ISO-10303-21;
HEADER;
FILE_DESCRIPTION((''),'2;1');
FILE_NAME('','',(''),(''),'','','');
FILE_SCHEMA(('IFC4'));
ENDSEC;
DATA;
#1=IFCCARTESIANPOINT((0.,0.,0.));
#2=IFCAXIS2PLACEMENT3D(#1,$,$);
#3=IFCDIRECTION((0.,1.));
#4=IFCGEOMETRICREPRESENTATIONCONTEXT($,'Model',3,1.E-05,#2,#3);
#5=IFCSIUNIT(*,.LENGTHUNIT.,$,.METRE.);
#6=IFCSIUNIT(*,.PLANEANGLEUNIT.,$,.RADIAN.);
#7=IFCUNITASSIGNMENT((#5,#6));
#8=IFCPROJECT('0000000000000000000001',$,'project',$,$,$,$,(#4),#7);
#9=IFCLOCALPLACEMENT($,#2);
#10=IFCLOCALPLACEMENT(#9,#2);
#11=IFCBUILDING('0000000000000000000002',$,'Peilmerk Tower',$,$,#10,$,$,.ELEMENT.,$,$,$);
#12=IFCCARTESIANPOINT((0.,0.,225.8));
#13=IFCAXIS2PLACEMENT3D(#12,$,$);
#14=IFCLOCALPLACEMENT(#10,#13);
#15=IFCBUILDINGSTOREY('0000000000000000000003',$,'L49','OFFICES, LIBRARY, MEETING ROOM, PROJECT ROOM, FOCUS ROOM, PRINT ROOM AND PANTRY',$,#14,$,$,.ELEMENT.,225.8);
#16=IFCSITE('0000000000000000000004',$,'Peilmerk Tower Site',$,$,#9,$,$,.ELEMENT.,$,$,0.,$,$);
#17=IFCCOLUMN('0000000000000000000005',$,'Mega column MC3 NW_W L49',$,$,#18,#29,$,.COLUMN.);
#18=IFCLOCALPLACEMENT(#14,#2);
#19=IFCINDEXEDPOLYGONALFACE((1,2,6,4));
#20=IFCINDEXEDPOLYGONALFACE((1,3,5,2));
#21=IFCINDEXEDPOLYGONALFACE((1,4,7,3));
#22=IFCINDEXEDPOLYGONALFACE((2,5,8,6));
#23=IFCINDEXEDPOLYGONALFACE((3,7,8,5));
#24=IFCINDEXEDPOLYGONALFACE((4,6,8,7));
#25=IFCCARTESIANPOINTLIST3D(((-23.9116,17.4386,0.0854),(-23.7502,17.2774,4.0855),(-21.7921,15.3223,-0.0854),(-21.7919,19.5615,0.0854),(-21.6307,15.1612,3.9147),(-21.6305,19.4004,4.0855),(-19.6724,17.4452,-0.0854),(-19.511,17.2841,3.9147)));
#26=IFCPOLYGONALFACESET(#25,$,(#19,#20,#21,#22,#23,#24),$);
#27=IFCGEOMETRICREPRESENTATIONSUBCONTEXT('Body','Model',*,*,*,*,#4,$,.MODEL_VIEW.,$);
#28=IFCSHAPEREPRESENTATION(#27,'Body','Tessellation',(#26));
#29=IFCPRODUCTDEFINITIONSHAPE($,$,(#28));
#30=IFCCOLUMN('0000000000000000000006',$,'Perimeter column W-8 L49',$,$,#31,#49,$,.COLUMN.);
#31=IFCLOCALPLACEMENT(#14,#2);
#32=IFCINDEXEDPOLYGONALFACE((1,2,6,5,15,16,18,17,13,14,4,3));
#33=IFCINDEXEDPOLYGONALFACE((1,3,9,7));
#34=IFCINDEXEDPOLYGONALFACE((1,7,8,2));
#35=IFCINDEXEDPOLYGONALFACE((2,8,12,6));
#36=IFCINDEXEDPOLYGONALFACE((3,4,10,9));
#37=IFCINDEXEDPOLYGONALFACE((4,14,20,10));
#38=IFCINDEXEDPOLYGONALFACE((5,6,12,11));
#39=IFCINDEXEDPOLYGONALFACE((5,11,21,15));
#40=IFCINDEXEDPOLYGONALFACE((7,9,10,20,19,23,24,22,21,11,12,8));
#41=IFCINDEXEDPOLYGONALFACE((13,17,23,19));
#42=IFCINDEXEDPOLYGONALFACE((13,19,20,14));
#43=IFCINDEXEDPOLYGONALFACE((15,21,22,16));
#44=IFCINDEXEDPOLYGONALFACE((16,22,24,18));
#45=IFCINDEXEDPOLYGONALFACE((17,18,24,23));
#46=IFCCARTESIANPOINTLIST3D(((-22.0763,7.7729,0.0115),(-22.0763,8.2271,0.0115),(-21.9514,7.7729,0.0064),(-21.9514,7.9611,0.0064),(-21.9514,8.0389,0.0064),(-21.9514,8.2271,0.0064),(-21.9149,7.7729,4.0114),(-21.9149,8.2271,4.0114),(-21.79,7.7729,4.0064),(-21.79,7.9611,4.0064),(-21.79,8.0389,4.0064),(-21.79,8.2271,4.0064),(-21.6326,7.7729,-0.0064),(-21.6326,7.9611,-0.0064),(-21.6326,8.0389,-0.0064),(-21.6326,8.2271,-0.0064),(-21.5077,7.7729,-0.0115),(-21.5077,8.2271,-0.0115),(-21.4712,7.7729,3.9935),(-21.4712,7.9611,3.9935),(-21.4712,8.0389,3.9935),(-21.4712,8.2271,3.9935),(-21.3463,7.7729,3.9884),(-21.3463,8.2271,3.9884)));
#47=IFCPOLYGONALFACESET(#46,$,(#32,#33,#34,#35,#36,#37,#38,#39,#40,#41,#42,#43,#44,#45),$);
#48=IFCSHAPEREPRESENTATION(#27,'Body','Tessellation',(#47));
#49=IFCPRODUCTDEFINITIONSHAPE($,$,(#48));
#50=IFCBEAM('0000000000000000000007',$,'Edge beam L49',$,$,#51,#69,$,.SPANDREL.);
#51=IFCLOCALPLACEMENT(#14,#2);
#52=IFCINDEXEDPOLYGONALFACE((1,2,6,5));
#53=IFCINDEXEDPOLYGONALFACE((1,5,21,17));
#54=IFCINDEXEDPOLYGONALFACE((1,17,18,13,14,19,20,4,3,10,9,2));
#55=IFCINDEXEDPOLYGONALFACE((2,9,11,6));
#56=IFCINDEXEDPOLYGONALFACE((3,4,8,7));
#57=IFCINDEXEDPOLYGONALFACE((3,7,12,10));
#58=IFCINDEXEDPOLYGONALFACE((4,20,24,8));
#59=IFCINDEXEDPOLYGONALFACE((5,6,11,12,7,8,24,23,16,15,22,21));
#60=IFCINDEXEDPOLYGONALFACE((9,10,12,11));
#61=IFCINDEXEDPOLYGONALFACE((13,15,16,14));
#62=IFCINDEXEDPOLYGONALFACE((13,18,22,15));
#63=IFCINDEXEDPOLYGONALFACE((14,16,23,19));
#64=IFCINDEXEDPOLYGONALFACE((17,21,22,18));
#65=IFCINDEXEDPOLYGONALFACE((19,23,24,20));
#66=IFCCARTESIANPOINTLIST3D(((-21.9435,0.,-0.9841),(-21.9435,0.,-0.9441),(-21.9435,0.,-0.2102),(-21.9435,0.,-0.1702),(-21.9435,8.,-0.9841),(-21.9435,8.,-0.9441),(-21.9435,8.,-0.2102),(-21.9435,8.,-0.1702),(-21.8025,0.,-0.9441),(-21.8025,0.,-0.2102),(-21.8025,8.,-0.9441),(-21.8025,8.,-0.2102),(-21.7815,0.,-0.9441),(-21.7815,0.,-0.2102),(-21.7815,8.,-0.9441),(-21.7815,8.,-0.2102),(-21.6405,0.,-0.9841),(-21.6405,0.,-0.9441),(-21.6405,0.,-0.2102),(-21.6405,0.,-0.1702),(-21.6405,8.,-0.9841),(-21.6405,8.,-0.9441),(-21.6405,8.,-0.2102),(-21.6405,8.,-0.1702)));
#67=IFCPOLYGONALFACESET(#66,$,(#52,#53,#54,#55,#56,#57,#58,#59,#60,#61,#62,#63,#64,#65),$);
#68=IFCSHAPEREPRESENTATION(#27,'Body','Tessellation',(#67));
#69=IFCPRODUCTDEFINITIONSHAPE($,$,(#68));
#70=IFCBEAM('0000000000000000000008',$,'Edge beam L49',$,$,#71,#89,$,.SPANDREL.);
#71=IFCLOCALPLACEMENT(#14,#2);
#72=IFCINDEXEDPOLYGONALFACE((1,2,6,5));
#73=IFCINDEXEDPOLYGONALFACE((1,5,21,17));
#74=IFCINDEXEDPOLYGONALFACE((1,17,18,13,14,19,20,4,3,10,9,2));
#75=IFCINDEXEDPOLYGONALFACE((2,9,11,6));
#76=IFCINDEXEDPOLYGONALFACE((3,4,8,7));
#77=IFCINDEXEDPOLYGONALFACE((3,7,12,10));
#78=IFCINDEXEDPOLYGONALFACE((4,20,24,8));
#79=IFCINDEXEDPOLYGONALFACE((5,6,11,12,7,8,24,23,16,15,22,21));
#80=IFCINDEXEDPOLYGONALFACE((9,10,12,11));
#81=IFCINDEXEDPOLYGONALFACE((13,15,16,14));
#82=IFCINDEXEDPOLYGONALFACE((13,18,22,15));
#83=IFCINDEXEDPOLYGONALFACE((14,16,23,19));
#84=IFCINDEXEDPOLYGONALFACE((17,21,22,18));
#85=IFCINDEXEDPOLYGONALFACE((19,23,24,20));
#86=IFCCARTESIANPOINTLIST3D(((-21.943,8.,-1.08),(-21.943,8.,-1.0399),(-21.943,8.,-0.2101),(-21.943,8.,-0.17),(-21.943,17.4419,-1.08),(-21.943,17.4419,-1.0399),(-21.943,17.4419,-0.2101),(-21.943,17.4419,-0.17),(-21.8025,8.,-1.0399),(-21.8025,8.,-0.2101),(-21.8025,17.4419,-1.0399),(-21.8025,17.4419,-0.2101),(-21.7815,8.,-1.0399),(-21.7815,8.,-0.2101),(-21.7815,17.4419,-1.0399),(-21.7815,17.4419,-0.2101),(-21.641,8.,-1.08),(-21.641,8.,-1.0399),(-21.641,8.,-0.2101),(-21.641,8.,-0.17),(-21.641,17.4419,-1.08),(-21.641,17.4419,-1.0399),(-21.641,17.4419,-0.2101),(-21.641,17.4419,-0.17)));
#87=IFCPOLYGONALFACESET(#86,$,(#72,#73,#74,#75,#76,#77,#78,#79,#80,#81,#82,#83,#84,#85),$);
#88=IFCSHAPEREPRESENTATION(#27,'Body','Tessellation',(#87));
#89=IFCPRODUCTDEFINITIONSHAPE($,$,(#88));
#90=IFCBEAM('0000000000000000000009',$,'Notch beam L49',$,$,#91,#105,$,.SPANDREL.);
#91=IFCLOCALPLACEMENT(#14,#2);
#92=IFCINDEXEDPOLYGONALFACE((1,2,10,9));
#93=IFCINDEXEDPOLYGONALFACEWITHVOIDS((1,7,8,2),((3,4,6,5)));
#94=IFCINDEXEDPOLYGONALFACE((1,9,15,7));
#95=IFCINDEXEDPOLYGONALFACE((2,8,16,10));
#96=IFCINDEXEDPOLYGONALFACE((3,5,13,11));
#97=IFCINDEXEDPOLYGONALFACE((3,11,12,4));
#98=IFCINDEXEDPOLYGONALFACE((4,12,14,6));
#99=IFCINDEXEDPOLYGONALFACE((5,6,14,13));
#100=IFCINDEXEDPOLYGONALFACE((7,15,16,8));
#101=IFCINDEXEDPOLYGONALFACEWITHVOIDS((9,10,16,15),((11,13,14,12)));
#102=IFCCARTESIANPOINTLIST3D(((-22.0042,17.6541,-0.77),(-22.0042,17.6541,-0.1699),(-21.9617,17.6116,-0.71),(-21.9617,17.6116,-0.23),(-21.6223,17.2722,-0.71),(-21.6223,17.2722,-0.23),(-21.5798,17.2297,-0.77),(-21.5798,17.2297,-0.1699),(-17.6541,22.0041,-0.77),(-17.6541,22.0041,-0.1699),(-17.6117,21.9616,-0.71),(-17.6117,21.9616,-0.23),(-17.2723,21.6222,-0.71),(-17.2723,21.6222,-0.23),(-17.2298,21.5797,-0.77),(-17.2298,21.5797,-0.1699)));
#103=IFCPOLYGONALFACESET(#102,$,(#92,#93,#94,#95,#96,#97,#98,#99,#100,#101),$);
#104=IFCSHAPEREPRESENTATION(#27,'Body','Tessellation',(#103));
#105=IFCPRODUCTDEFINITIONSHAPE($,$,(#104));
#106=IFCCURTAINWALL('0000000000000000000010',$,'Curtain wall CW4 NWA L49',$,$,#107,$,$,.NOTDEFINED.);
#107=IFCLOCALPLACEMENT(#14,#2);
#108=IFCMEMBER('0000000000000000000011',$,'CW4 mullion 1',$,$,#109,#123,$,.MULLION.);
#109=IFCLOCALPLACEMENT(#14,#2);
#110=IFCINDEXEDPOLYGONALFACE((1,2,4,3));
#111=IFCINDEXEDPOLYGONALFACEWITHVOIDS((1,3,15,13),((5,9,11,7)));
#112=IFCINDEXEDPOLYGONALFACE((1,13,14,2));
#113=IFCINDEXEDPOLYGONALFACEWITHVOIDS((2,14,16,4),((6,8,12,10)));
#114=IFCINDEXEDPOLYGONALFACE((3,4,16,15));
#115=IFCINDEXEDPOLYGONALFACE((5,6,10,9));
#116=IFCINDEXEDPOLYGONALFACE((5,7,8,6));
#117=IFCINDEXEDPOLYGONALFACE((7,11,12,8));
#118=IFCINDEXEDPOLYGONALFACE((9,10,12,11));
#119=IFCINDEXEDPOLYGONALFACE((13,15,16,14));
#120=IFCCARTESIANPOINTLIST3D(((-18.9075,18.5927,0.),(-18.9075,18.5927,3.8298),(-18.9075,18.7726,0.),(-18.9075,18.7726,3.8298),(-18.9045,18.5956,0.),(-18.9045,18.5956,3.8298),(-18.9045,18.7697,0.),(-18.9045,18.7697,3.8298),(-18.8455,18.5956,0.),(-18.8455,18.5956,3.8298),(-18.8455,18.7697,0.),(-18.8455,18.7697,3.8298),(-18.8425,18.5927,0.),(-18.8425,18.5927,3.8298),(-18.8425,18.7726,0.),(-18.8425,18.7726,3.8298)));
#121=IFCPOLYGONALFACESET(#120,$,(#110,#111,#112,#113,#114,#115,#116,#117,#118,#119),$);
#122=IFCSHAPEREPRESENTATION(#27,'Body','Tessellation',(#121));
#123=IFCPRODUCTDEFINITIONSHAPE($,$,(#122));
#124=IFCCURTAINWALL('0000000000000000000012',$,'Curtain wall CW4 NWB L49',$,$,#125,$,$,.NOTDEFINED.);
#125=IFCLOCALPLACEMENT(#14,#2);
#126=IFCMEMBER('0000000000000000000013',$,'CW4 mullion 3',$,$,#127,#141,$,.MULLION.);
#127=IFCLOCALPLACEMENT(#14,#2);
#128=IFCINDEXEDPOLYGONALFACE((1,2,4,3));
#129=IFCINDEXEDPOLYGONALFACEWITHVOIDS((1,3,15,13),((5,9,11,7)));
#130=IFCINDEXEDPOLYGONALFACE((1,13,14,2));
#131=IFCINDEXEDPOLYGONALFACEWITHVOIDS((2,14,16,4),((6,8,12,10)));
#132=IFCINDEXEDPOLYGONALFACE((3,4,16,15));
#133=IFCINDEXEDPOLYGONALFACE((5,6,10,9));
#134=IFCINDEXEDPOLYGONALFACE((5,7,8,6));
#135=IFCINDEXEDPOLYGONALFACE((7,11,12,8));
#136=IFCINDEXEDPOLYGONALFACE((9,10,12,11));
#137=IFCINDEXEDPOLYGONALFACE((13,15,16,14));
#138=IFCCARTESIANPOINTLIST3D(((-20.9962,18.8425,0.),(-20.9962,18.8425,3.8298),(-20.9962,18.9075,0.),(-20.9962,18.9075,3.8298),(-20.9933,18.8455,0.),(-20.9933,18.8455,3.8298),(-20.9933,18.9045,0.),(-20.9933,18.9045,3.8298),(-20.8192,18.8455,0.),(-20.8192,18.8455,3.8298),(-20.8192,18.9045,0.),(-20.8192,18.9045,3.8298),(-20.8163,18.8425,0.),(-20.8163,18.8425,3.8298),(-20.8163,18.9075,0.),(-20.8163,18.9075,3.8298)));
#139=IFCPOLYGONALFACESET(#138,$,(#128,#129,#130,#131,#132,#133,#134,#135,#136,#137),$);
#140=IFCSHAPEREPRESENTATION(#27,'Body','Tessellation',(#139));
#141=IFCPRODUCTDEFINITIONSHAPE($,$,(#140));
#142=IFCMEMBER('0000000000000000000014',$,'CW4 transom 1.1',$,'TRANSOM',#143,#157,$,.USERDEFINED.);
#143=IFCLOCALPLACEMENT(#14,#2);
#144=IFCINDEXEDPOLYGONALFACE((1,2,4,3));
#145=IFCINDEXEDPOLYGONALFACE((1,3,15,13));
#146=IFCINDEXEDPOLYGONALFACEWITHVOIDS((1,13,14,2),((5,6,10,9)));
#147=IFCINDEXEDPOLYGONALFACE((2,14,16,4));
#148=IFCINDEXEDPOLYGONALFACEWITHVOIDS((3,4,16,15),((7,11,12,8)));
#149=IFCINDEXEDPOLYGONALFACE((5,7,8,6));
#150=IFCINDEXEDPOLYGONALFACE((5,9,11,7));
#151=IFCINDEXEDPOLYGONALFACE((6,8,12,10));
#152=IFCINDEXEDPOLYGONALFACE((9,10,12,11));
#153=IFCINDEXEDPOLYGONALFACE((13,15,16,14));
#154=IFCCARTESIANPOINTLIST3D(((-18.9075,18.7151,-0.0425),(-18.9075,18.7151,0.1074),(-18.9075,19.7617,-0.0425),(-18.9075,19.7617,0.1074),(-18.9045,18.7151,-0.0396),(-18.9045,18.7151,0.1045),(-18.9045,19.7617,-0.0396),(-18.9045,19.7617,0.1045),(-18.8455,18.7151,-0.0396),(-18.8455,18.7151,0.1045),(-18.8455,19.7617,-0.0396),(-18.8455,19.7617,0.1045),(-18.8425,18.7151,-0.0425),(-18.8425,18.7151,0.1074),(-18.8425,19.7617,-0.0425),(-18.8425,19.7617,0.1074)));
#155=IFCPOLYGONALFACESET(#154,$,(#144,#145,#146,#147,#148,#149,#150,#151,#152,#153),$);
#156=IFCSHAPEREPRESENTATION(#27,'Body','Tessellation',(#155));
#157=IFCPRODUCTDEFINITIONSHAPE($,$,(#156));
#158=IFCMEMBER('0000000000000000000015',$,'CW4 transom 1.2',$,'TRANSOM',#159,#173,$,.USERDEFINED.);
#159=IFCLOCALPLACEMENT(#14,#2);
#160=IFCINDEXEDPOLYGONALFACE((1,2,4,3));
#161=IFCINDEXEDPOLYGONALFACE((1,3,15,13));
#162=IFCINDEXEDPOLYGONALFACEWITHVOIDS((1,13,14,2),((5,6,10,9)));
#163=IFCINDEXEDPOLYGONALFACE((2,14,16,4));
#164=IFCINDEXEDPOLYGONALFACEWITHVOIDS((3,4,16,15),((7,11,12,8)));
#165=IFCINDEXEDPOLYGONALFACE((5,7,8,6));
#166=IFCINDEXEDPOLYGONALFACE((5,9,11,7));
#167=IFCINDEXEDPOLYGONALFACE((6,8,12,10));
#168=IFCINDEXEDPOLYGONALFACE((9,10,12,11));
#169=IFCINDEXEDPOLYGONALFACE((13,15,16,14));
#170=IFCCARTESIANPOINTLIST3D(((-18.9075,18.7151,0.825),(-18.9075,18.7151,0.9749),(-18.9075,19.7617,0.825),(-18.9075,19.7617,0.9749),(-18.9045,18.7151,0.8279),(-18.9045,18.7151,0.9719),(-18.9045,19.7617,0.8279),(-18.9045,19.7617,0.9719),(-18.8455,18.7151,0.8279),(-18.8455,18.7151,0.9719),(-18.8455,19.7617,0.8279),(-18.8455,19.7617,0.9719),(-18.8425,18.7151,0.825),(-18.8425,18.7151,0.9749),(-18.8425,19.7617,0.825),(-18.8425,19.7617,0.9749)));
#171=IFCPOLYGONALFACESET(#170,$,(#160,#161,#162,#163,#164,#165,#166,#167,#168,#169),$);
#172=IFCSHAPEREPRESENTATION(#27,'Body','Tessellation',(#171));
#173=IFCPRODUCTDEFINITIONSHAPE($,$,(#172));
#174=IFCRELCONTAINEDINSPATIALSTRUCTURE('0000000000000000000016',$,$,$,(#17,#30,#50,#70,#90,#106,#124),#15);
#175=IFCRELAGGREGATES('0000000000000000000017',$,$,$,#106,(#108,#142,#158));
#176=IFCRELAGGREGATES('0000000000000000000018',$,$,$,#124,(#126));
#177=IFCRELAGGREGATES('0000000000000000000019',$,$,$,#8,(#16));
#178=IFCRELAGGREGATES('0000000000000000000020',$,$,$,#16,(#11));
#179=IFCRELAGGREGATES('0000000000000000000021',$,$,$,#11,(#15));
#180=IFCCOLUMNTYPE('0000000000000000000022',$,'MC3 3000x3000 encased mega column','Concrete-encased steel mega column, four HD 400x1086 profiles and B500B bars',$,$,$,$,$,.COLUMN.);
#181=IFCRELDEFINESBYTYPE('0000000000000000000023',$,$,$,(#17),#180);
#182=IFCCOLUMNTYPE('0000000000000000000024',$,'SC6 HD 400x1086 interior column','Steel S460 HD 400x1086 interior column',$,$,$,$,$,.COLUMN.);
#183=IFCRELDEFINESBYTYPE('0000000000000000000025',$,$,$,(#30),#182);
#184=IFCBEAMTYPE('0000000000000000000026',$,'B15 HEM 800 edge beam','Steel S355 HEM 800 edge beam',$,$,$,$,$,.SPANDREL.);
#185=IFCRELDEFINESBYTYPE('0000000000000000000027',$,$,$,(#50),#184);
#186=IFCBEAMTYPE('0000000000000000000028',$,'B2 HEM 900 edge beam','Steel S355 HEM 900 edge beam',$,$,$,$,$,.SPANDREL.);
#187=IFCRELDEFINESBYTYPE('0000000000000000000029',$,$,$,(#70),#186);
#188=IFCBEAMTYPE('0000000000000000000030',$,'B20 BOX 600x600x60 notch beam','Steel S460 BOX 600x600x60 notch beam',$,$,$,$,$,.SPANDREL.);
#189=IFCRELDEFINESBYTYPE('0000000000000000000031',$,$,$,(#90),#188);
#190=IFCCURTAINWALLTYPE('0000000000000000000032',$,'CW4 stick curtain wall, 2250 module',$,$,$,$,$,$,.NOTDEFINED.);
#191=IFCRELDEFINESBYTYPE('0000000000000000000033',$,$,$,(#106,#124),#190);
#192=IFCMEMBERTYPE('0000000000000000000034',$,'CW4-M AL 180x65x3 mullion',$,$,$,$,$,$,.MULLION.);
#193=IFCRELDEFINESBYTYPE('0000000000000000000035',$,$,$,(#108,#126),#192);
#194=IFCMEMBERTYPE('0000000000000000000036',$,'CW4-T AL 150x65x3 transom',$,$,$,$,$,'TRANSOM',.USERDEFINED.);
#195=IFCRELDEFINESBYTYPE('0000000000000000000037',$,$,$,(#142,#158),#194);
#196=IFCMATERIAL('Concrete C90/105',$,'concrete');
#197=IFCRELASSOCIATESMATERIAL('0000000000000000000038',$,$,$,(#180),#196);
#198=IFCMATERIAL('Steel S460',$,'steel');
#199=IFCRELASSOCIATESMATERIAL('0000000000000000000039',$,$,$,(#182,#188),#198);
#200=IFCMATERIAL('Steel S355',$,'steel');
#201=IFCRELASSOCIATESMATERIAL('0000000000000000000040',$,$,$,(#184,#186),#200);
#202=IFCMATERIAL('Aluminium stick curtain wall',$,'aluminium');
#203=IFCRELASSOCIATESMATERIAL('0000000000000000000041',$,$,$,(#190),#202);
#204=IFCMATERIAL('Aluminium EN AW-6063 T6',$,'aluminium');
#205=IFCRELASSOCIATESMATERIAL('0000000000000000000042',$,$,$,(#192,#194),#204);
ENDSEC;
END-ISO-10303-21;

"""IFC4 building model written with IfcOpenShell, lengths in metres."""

from ifc_helpers import new_model, si_unit, direction, frame, origin, origin_2d, place, context, subcontext, project, spatial, rectangle, hollow_rectangle, i_section, extrude, material, material_profile, profile_set, type_object, element, aggregate, save


model = new_model("IFC4")

# Units and contexts
model_context = context("Model", 3, precision=1e-05, world=origin(), true_north=direction((0.0, 1.0)))
body_context = subcontext(model_context, "Body", "Model", "MODEL_VIEW")
ifc_project = project(units=[si_unit("LENGTHUNIT", "METRE"), si_unit("PLANEANGLEUNIT", "RADIAN")], contexts=[model_context])

# Site, building, storey
site_placement = place(None, origin())
site = spatial("IfcSite", under=ifc_project, at=site_placement, Name="Peilmerk Tower Site", CompositionType="ELEMENT", RefElevation=0.0)
building_placement = place(site_placement, origin())
building = spatial("IfcBuilding", under=site, at=building_placement, Name="Peilmerk Tower", CompositionType="ELEMENT")
storey_placement = place(building_placement, frame((0.0, 0.0, 225.8)))
storey = spatial("IfcBuildingStorey", under=building, at=storey_placement, Name="L49", Description="OFFICES, LIBRARY, MEETING ROOM, PROJECT ROOM, FOCUS ROOM, PRINT ROOM AND PANTRY", CompositionType="ELEMENT", Elevation=225.8)

# Columns
ifc_material_1 = material(Name="Concrete C90/105", Category="concrete")
ifc_material_profile_1 = material_profile(ifc_material_1, rectangle(XDim=3.0, YDim=3.0, at=origin_2d()), Name="RC 3000x3000")
ifc_profile_set_1 = profile_set([ifc_material_profile_1], Name="Concrete C90/105")
column_type_1 = type_object("IfcColumnType", Name="MC3 3000x3000 encased mega column", Description="Concrete-encased steel mega column, four HD 400x1086 profiles and B500B bars", PredefinedType="COLUMN", material=ifc_profile_set_1)
column_1_placement = place(storey_placement, frame((-21.792, 17.4419, 0.0), z_axis=(0.040279, -0.040218, 0.998379), x_axis=(0.706571, 0.707642, 0.0)))
element("IfcColumn", 1, at=column_1_placement, inside=storey, type_object=column_type_1, Name="Mega column MC3 NW_W L49", PredefinedType="COLUMN", context=body_context, shape_type="SweptSolid", body=[
    extrude(rectangle(XDim=3.0, YDim=3.0, at=origin_2d()), origin(), (0.0, 0.0, 1.0), 4.0066),
])
ifc_material_2 = material(Name="Steel S460", Category="steel")
ifc_material_profile_2 = material_profile(ifc_material_2, i_section(OverallWidth=0.4541, OverallDepth=0.5691, WebThickness=0.0779, FlangeThickness=0.125, at=origin_2d()), Name="HD 400x1086")
ifc_profile_set_2 = profile_set([ifc_material_profile_2], Name="Steel S460")
column_type_2 = type_object("IfcColumnType", Name="SC6 HD 400x1086 interior column", Description="Steel S460 HD 400x1086 interior column", PredefinedType="COLUMN", material=ifc_profile_set_2)
column_2_placement = place(storey_placement, frame((-21.792, 8.0, 0.0), z_axis=(0.040311, 0.0, 0.999187), x_axis=(0.0, 1.0, 0.0)))
element("IfcColumn", 2, at=column_2_placement, inside=storey, type_object=column_type_2, Name="Perimeter column W-8 L49", PredefinedType="COLUMN", context=body_context, shape_type="SweptSolid", body=[
    extrude(i_section(OverallWidth=0.4541, OverallDepth=0.5691, WebThickness=0.0779, FlangeThickness=0.125, at=origin_2d()), origin(), (0.0, 0.0, 1.0), 4.0032),
])

# Beams
ifc_material_3 = material(Name="Steel S355", Category="steel")
ifc_material_profile_3 = material_profile(ifc_material_3, i_section(OverallWidth=0.303, OverallDepth=0.814, WebThickness=0.021, FlangeThickness=0.04, at=origin_2d()), Name="HEM 800")
ifc_profile_set_3 = profile_set([ifc_material_profile_3], Name="Steel S355")
beam_type_1 = type_object("IfcBeamType", Name="B15 HEM 800 edge beam", Description="Steel S355 HEM 800 edge beam", PredefinedType="SPANDREL", material=ifc_profile_set_3)
beam_1_placement = place(storey_placement, frame((-21.792, 8.0, -0.5771), z_axis=(0.0, -1.0, 0.0), x_axis=(1.0, 0.0, 0.0)))
element("IfcBeam", 3, at=beam_1_placement, inside=storey, type_object=beam_type_1, Name="Edge beam L49", PredefinedType="SPANDREL", context=body_context, shape_type="SweptSolid", body=[
    extrude(i_section(OverallWidth=0.303, OverallDepth=0.814, WebThickness=0.021, FlangeThickness=0.04, at=origin_2d()), origin(), (0.0, 0.0, 1.0), 8.0),
])
ifc_material_profile_4 = material_profile(ifc_material_3, i_section(OverallWidth=0.302, OverallDepth=0.9099, WebThickness=0.021, FlangeThickness=0.04, at=origin_2d()), Name="HEM 900")
ifc_profile_set_4 = profile_set([ifc_material_profile_4], Name="Steel S355")
beam_type_2 = type_object("IfcBeamType", Name="B2 HEM 900 edge beam", Description="Steel S355 HEM 900 edge beam", PredefinedType="SPANDREL", material=ifc_profile_set_4)
beam_2_placement = place(storey_placement, frame((-21.792, 17.4419, -0.625), z_axis=(0.0, -1.0, 0.0), x_axis=(1.0, 0.0, 0.0)))
element("IfcBeam", 4, at=beam_2_placement, inside=storey, type_object=beam_type_2, Name="Edge beam L49", PredefinedType="SPANDREL", context=body_context, shape_type="SweptSolid", body=[
    extrude(i_section(OverallWidth=0.302, OverallDepth=0.9099, WebThickness=0.021, FlangeThickness=0.04, at=origin_2d()), origin(), (0.0, 0.0, 1.0), 9.4419),
])
ifc_material_profile_5 = material_profile(ifc_material_2, hollow_rectangle(XDim=0.6001, YDim=0.6001, WallThickness=0.0601, at=origin_2d()), Name="BOX 600x600x60")
ifc_profile_set_5 = profile_set([ifc_material_profile_5], Name="Steel S460")
beam_type_3 = type_object("IfcBeamType", Name="B20 BOX 600x600x60 notch beam", Description="Steel S460 BOX 600x600x60 notch beam", PredefinedType="SPANDREL", material=ifc_profile_set_5)
beam_3_placement = place(storey_placement, frame((-21.792, 17.4419, -0.47), z_axis=(0.707107, 0.707107, 0.0), x_axis=(-0.707107, 0.707107, 0.0)))
element("IfcBeam", 5, at=beam_3_placement, inside=storey, type_object=beam_type_3, Name="Notch beam L49", PredefinedType="SPANDREL", context=body_context, shape_type="SweptSolid", body=[
    extrude(hollow_rectangle(XDim=0.6001, YDim=0.6001, WallThickness=0.0601, at=origin_2d()), origin(), (0.0, 0.0, 1.0), 6.1519),
])

# Curtain walls, members
ifc_material_4 = material(Name="Aluminium stick curtain wall", Category="aluminium")
curtain_wall_type = type_object("IfcCurtainWallType", Name="CW4 stick curtain wall, 2250 module", PredefinedType="NOTDEFINED", material=ifc_material_4)
curtain_wall_1_placement = place(storey_placement, origin())
curtain_wall_1 = element("IfcCurtainWall", 6, at=curtain_wall_1_placement, inside=storey, type_object=curtain_wall_type, Name="Curtain wall CW4 NWA L49", PredefinedType="NOTDEFINED")
ifc_material_5 = material(Name="Aluminium EN AW-6063 T6", Category="aluminium")
ifc_material_profile_6 = material_profile(ifc_material_5, hollow_rectangle(XDim=0.0649, YDim=0.1799, WallThickness=0.0029, at=origin_2d()), Name="AL 180x65x3")
ifc_profile_set_6 = profile_set([ifc_material_profile_6], Name="Aluminium EN AW-6063 T6")
member_type_1 = type_object("IfcMemberType", Name="CW4-M AL 180x65x3 mullion", PredefinedType="MULLION", material=ifc_profile_set_6)
member_1_placement = place(storey_placement, frame((-18.875, 18.6826, 0.0), z_axis=(0.0, 0.0, 1.0), x_axis=(-1.0, 0.0, 0.0)))
member_1 = element("IfcMember", 7, at=member_1_placement, type_object=member_type_1, Name="CW4 mullion 1", PredefinedType="MULLION", context=body_context, shape_type="SweptSolid", body=[
    extrude(hollow_rectangle(XDim=0.0649, YDim=0.1799, WallThickness=0.0029, at=origin_2d()), origin(), (0.0, 0.0, 1.0), 3.8298),
])
curtain_wall_2_placement = place(storey_placement, origin())
curtain_wall_2 = element("IfcCurtainWall", 8, at=curtain_wall_2_placement, inside=storey, type_object=curtain_wall_type, Name="Curtain wall CW4 NWB L49", PredefinedType="NOTDEFINED")
member_2_placement = place(storey_placement, frame((-20.9062, 18.875, 0.0), z_axis=(0.0, 0.0, 1.0), x_axis=(0.0, -1.0, 0.0)))
member_2 = element("IfcMember", 9, at=member_2_placement, type_object=member_type_1, Name="CW4 mullion 3", PredefinedType="MULLION", context=body_context, shape_type="SweptSolid", body=[
    extrude(hollow_rectangle(XDim=0.0649, YDim=0.1799, WallThickness=0.0029, at=origin_2d()), origin(), (0.0, 0.0, 1.0), 3.8298),
])

# Members
ifc_material_profile_7 = material_profile(ifc_material_5, hollow_rectangle(XDim=0.0649, YDim=0.1499, WallThickness=0.0029, at=origin_2d()), Name="AL 150x65x3")
ifc_profile_set_7 = profile_set([ifc_material_profile_7], Name="Aluminium EN AW-6063 T6")
member_type_2 = type_object("IfcMemberType", Name="CW4-T AL 150x65x3 transom", ElementType="TRANSOM", PredefinedType="USERDEFINED", material=ifc_profile_set_7)
member_3_placement = place(storey_placement, frame((-18.875, 18.7151, 0.0325), z_axis=(0.0, 1.0, 0.0), x_axis=(-1.0, 0.0, 0.0)))
member_3 = element("IfcMember", 10, at=member_3_placement, type_object=member_type_2, Name="CW4 transom 1.1", ObjectType="TRANSOM", PredefinedType="USERDEFINED", context=body_context, shape_type="SweptSolid", body=[
    extrude(hollow_rectangle(XDim=0.0649, YDim=0.1499, WallThickness=0.0029, at=origin_2d()), origin(), (0.0, 0.0, 1.0), 1.0466),
])
member_4_placement = place(storey_placement, frame((-18.875, 18.7151, 0.8999), z_axis=(0.0, 1.0, 0.0), x_axis=(-1.0, 0.0, 0.0)))
member_4 = element("IfcMember", 11, at=member_4_placement, type_object=member_type_2, Name="CW4 transom 1.2", ObjectType="TRANSOM", PredefinedType="USERDEFINED", context=body_context, shape_type="SweptSolid", body=[
    extrude(hollow_rectangle(XDim=0.0649, YDim=0.1499, WallThickness=0.0029, at=origin_2d()), origin(), (0.0, 0.0, 1.0), 1.0466),
])
aggregate(curtain_wall_1, [member_1, member_3, member_4])

aggregate(curtain_wall_2, [member_2])

save(model, "model.ifc")
